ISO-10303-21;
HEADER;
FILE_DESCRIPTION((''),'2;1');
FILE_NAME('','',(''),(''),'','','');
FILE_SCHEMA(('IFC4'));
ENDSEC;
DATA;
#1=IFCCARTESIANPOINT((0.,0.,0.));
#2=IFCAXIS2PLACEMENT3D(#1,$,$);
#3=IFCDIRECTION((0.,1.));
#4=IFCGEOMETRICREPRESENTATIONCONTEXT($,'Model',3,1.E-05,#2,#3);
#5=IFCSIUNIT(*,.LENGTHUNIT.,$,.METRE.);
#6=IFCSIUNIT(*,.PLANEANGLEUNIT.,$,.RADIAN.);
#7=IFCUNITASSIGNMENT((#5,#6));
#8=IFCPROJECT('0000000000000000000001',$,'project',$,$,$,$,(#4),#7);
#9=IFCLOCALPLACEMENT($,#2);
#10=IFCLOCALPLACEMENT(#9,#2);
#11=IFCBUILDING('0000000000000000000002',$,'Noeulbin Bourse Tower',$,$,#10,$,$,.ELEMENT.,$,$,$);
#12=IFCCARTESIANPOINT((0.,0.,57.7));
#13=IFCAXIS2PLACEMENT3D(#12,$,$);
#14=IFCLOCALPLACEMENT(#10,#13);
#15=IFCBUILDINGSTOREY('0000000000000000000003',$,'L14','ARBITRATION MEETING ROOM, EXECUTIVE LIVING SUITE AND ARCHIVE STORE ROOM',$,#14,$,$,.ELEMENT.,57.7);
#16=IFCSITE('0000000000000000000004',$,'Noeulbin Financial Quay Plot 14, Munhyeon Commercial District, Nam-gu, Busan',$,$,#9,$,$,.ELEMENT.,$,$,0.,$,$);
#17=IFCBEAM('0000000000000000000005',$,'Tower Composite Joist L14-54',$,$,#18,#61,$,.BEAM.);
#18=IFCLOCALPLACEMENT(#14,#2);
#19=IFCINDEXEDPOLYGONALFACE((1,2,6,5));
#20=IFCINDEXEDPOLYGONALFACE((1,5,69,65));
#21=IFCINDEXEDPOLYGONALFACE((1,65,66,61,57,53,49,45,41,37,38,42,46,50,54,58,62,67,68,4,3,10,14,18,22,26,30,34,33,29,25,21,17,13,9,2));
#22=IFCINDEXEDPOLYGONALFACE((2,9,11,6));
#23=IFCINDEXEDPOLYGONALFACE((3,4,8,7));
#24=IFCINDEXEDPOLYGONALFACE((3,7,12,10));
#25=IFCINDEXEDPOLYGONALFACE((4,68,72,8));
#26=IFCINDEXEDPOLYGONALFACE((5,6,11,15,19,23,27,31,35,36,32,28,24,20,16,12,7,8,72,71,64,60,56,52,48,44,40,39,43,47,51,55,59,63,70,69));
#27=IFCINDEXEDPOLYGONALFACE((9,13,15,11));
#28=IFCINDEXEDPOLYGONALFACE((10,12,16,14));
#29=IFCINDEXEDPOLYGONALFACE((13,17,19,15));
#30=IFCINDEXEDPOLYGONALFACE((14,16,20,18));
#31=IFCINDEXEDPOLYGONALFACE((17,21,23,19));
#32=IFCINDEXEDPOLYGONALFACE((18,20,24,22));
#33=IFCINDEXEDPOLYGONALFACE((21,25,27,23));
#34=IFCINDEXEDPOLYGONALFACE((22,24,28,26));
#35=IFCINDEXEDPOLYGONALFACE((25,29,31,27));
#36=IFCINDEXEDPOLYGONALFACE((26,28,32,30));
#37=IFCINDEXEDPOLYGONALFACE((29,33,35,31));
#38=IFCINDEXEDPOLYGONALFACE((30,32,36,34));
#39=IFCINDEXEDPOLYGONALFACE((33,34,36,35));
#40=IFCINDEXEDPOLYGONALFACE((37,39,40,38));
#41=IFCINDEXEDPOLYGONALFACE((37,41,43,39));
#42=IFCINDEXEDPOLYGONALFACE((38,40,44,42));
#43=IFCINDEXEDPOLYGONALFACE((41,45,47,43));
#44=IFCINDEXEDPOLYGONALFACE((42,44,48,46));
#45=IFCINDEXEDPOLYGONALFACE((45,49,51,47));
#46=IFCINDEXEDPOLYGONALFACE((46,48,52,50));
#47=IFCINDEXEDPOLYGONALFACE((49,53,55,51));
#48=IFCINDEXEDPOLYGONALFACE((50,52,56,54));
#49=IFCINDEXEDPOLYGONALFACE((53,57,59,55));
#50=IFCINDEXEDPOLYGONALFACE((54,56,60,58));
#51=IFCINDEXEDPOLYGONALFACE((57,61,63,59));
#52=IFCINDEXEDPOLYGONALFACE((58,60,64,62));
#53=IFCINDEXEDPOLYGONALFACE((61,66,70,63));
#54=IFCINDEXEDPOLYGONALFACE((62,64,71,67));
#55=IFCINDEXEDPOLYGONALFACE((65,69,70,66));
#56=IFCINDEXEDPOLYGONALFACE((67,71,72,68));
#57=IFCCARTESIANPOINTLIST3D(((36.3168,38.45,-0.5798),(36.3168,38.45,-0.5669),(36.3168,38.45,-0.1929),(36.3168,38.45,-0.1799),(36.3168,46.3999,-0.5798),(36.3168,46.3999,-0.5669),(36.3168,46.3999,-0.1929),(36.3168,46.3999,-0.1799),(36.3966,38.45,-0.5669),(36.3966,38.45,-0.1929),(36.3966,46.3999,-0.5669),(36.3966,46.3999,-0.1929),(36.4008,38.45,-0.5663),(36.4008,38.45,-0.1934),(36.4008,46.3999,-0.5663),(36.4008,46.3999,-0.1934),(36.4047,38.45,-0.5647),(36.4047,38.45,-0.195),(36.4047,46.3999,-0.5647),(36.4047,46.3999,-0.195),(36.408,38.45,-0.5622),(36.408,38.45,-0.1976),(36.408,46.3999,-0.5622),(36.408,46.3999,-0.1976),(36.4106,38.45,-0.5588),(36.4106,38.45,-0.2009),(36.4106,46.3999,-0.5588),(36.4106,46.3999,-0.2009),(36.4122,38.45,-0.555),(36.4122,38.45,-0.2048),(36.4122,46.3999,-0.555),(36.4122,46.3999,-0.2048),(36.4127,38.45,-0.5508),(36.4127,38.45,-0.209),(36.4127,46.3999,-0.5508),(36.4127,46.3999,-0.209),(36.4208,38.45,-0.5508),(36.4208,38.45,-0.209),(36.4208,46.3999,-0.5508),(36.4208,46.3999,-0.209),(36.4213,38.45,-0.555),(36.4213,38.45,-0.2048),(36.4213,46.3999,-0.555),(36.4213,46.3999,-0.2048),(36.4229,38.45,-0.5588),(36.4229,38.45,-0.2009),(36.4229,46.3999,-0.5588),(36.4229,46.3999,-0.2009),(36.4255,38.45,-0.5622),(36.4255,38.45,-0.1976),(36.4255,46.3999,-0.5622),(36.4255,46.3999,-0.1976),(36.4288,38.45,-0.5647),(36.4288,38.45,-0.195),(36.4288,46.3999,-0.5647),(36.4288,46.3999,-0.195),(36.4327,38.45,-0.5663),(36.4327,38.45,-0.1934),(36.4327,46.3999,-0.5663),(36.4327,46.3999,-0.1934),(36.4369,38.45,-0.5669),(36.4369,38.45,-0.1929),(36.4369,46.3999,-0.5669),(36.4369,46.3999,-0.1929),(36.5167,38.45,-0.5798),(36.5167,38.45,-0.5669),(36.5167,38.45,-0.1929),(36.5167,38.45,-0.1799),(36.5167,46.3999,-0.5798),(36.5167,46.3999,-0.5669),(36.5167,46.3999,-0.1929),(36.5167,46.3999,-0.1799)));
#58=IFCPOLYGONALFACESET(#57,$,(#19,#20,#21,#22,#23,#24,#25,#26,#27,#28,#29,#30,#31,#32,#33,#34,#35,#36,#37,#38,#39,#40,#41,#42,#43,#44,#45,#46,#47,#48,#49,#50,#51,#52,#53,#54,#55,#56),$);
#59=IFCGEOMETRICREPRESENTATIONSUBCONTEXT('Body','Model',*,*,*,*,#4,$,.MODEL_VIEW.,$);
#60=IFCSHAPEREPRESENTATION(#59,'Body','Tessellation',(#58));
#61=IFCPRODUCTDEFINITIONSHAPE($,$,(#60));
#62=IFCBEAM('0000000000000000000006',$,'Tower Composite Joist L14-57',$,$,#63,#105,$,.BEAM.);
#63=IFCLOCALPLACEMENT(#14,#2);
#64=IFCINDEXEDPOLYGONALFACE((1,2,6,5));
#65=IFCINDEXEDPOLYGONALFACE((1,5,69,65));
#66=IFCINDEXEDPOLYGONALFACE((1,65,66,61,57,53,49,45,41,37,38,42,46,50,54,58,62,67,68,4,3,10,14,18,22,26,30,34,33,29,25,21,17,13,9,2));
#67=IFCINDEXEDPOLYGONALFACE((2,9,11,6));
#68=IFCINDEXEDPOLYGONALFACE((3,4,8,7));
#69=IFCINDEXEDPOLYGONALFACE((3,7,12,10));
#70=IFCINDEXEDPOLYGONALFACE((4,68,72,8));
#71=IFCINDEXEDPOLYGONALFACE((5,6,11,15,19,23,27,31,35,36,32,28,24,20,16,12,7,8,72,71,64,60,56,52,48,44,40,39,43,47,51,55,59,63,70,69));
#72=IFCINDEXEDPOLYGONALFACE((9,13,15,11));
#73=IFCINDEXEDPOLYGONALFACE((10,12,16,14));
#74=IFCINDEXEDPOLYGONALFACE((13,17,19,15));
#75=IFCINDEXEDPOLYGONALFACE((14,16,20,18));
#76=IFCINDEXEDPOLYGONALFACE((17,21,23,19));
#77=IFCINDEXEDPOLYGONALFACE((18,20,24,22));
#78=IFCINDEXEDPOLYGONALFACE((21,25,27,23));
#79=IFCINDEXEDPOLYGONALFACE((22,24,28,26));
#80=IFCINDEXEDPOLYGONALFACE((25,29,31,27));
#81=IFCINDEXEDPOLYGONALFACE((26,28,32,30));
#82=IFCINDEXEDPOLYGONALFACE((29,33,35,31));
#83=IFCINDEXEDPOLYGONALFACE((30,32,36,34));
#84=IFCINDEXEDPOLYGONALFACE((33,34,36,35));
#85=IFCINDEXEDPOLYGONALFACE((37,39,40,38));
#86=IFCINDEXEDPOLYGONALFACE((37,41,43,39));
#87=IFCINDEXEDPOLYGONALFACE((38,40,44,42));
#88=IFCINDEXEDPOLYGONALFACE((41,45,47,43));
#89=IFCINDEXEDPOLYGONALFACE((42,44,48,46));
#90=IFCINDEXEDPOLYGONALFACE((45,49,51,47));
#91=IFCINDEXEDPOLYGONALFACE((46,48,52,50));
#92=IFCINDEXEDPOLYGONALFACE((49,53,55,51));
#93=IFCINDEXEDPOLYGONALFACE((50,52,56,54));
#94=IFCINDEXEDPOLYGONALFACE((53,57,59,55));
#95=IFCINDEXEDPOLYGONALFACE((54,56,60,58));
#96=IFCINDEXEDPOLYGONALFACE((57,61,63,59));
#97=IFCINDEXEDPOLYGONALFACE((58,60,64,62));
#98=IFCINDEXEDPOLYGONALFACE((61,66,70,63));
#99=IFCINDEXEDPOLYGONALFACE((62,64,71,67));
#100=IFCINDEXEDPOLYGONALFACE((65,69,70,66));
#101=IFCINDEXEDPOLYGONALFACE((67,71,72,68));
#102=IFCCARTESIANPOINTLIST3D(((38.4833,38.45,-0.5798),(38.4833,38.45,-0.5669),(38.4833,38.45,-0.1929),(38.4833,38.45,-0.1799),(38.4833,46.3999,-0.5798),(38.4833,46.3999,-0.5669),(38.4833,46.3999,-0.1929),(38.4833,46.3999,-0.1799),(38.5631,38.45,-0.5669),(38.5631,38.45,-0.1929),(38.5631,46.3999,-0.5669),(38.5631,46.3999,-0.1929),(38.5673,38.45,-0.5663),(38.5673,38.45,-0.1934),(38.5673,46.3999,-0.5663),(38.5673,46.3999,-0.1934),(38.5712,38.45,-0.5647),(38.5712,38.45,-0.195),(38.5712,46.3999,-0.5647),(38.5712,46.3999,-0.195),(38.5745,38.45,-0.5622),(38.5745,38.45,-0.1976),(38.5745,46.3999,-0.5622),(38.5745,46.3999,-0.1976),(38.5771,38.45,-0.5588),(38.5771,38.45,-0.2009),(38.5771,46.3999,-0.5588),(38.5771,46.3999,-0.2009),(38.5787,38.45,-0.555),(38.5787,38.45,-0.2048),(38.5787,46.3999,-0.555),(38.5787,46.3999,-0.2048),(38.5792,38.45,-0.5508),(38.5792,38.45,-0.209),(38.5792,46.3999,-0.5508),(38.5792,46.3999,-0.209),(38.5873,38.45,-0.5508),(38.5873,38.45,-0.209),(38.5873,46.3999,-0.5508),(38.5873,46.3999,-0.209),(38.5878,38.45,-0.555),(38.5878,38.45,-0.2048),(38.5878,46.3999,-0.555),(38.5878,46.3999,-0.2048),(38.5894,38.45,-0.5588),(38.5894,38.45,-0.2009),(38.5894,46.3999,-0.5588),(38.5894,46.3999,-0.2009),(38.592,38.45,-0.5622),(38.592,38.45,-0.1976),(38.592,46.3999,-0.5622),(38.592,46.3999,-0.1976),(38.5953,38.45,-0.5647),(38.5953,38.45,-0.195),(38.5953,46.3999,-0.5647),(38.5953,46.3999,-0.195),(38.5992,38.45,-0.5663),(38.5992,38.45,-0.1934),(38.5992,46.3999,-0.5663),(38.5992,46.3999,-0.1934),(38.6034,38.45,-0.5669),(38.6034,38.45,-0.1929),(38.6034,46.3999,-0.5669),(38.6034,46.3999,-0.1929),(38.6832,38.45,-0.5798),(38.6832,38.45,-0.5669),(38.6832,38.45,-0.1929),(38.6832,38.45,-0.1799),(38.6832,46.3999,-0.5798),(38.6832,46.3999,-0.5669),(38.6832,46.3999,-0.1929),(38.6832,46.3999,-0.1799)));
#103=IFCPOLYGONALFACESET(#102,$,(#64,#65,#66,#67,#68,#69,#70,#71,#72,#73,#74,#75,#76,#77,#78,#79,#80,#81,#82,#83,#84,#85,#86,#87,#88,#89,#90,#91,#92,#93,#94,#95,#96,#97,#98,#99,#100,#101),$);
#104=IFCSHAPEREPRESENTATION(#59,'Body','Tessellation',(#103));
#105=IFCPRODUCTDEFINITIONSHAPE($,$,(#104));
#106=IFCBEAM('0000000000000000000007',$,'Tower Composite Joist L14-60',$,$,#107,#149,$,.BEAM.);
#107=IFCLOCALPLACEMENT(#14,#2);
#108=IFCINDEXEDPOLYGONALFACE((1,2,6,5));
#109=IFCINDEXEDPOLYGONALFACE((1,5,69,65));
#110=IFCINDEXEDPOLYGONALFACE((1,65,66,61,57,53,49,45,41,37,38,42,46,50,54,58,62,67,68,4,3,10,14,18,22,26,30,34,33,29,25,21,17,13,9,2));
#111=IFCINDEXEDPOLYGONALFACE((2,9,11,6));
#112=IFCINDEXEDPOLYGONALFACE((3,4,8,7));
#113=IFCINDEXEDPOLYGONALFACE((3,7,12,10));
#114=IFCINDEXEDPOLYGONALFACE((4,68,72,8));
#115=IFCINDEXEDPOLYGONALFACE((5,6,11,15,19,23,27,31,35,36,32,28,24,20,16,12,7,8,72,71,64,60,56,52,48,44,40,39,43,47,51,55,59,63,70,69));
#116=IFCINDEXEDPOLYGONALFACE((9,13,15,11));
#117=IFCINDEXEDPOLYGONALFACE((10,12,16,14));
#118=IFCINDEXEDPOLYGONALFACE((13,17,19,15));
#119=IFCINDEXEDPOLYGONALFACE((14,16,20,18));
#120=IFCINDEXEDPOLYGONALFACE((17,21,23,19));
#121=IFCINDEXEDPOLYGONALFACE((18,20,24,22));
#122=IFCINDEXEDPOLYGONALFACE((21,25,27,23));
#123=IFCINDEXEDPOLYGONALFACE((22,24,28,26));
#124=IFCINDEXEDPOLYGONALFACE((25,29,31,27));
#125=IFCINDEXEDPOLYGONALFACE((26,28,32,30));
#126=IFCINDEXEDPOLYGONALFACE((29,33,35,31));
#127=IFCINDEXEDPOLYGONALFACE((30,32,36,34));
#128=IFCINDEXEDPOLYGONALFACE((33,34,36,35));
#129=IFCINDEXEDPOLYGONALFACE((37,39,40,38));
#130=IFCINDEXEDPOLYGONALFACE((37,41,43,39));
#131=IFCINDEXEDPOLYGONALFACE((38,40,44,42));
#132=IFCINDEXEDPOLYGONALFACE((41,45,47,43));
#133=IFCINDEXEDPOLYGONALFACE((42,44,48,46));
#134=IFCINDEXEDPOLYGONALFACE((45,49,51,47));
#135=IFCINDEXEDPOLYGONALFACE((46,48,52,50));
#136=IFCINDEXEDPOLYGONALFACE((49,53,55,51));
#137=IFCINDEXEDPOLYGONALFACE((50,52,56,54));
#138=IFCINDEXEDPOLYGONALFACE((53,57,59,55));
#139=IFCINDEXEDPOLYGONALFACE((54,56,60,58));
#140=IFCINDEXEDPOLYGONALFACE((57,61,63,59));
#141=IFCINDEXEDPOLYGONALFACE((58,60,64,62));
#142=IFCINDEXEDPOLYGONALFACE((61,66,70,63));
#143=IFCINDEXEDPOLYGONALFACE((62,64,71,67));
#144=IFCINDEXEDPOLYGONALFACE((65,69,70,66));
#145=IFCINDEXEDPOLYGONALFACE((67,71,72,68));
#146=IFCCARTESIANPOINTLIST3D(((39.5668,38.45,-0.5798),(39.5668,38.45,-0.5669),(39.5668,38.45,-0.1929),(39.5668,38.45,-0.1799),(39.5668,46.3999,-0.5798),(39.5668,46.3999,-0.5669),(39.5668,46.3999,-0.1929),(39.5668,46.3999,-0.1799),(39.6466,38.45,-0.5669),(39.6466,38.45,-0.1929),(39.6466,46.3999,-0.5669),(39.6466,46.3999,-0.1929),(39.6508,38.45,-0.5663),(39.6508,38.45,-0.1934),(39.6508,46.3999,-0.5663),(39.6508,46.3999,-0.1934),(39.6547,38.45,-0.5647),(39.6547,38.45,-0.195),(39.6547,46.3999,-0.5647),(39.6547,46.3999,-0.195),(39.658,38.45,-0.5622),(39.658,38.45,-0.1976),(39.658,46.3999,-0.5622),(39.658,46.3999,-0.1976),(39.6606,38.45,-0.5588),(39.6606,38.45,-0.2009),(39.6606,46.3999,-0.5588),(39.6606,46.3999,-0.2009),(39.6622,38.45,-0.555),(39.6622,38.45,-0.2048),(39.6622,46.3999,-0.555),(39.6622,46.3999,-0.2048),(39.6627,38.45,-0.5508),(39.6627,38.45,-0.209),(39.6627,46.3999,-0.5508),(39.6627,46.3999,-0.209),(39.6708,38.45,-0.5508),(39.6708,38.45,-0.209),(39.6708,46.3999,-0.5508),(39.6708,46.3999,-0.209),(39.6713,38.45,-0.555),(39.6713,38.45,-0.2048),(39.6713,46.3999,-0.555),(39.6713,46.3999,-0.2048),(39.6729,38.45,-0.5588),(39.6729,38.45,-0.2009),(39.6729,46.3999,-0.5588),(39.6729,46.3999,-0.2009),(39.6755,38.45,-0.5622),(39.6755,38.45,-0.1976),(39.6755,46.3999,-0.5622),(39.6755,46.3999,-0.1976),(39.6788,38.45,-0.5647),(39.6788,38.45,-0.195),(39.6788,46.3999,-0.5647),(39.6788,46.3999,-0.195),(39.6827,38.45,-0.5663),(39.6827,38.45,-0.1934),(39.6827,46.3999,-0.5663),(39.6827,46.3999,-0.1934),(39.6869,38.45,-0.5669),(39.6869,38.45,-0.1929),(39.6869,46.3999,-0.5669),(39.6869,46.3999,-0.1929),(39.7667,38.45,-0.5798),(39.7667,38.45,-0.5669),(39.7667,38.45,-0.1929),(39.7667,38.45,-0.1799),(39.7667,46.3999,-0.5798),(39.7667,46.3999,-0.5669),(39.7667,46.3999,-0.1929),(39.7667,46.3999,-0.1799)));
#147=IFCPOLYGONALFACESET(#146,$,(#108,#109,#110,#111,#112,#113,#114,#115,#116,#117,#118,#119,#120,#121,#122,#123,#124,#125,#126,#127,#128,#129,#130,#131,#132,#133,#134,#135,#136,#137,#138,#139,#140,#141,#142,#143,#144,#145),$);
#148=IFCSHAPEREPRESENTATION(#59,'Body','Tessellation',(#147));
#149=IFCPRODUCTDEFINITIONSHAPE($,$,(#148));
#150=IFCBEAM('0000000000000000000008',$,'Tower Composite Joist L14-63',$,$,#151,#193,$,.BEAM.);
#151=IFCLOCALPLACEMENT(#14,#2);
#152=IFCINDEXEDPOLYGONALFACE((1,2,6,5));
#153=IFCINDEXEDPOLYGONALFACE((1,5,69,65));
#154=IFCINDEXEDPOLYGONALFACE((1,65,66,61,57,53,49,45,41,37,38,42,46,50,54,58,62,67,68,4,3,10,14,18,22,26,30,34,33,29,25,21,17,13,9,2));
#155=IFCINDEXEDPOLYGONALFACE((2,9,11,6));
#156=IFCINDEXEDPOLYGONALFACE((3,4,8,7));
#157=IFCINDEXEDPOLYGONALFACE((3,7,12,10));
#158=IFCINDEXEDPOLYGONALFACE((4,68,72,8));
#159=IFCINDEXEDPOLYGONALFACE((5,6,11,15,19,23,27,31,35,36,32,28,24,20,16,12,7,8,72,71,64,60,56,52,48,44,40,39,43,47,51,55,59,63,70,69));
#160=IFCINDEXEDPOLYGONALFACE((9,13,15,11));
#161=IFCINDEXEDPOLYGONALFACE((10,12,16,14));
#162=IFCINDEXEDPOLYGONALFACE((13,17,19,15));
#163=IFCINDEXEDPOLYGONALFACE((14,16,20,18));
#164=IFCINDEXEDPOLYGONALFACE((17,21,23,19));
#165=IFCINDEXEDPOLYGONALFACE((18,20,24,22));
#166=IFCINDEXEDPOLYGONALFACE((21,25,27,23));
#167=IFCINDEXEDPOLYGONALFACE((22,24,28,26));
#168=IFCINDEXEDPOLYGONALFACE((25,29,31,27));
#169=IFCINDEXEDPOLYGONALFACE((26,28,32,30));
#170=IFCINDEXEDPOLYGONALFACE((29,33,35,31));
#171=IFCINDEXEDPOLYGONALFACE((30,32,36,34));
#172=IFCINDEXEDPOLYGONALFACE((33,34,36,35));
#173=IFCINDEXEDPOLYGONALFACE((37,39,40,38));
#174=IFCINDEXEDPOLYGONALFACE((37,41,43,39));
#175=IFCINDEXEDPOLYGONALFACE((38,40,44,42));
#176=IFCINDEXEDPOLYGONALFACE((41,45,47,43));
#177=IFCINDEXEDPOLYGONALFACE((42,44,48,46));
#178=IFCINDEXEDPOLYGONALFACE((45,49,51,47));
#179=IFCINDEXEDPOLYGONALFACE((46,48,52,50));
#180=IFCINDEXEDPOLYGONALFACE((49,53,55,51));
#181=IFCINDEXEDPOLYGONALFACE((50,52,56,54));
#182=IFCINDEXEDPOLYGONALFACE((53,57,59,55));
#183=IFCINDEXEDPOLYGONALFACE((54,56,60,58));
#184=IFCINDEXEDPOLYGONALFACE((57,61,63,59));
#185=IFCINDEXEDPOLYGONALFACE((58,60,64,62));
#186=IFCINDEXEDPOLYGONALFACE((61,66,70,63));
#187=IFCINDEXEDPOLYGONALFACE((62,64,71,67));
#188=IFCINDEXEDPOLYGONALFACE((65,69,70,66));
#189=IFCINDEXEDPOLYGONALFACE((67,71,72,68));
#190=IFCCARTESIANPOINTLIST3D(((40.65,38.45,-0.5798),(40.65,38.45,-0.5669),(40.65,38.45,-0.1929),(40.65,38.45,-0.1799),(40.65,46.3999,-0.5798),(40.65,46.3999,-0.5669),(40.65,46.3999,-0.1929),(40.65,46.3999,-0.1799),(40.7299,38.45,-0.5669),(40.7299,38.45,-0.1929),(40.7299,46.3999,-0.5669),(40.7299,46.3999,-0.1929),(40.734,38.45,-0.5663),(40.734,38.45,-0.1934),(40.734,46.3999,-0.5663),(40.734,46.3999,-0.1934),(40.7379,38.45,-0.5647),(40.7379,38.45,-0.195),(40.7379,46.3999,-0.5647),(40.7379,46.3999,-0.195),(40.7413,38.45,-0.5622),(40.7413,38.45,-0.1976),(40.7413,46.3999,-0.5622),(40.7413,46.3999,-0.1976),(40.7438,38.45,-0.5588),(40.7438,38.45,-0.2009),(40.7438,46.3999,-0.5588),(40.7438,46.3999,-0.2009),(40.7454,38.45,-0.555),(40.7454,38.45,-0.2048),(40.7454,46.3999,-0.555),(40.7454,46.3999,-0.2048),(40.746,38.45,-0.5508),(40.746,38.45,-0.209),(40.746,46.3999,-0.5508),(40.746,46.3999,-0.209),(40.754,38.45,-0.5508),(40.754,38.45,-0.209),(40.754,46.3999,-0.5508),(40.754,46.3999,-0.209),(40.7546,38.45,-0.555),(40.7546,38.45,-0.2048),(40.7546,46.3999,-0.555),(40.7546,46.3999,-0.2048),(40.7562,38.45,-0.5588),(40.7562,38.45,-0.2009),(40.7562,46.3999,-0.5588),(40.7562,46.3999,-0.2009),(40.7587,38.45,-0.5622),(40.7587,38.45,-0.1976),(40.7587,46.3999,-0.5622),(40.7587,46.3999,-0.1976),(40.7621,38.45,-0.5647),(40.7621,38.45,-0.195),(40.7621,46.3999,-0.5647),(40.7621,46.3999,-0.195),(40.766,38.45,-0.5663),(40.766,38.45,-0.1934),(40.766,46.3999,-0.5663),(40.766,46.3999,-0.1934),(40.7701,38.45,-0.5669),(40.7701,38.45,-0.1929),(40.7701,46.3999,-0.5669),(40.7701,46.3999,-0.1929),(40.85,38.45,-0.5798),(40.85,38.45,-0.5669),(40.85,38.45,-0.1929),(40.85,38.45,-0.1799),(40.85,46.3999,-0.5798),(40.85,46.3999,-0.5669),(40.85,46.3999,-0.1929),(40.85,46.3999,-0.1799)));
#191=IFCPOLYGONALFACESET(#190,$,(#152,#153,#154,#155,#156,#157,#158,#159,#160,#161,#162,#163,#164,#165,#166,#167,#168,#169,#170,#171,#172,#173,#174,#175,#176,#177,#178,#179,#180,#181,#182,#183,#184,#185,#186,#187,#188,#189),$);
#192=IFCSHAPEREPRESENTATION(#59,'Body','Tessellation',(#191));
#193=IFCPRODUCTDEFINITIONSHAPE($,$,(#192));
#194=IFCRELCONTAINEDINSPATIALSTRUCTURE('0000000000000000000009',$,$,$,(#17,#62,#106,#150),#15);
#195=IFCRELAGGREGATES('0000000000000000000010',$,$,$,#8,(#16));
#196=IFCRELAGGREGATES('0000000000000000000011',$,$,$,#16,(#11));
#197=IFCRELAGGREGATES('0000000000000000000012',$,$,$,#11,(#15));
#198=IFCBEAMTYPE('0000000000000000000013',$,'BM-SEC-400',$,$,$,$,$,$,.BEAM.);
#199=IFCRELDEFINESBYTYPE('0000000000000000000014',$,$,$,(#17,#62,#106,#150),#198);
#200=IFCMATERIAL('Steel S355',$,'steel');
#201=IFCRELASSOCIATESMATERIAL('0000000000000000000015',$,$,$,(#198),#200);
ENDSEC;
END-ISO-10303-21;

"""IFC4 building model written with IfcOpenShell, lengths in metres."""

from ifc_helpers import new_model, si_unit, direction, frame, origin, origin_2d, place, context, subcontext, project, spatial, i_section, extrude, material, material_profile, profile_set, type_object, element, save


model = new_model("IFC4")

# Units and contexts
model_context = context("Model", 3, precision=1e-05, world=origin(), true_north=direction((0.0, 1.0)))
body_context = subcontext(model_context, "Body", "Model", "MODEL_VIEW")
ifc_project = project(units=[si_unit("LENGTHUNIT", "METRE"), si_unit("PLANEANGLEUNIT", "RADIAN")], contexts=[model_context])

# Site, building, storey
site_placement = place(None, origin())
site = spatial("IfcSite", under=ifc_project, at=site_placement, Name="Noeulbin Financial Quay Plot 14, Munhyeon Commercial District, Nam-gu, Busan", CompositionType="ELEMENT", RefElevation=0.0)
building_placement = place(site_placement, origin())
building = spatial("IfcBuilding", under=site, at=building_placement, Name="Noeulbin Bourse Tower", CompositionType="ELEMENT")
storey_placement = place(building_placement, frame((0.0, 0.0, 57.7)))
storey = spatial("IfcBuildingStorey", under=building, at=storey_placement, Name="L14", Description="ARBITRATION MEETING ROOM, EXECUTIVE LIVING SUITE AND ARCHIVE STORE ROOM", CompositionType="ELEMENT", Elevation=57.7)

# Beams
ifc_material_1 = material(Name="Steel S355", Category="steel")
ifc_material_profile_1 = material_profile(ifc_material_1, i_section(OverallWidth=0.2, OverallDepth=0.3999, WebThickness=0.0081, FlangeThickness=0.0129, FilletRadius=0.0161, at=origin_2d()), Name="H-400x200x8x13", Category="LoadBearing")
ifc_profile_set_1 = profile_set([ifc_material_profile_1], Name="Steel S355")
beam_type_1 = type_object("IfcBeamType", Name="BM-SEC-400", PredefinedType="BEAM", material=ifc_profile_set_1)
for number, where, z_axis, x_axis, name in (
    (1, (36.4167, 38.45, -0.3799), (0.0, 1.0, 0.0), (-1.0, 0.0, 0.0), "Tower Composite Joist L14-54"),
    (2, (38.5833, 38.45, -0.3799), (0.0, 1.0, 0.0), (-1.0, 0.0, 0.0), "Tower Composite Joist L14-57"),
    (3, (39.6667, 38.45, -0.3799), (0.0, 1.0, 0.0), (-1.0, 0.0, 0.0), "Tower Composite Joist L14-60"),
    (4, (40.75, 38.45, -0.3799), (0.0, 1.0, 0.0), (-1.0, 0.0, 0.0), "Tower Composite Joist L14-63"),
):
    element("IfcBeam", number, at=place(storey_placement, frame(where, z_axis=z_axis, x_axis=x_axis)), inside=storey, type_object=beam_type_1, Name=name, PredefinedType="BEAM", context=body_context, shape_type="SweptSolid", body=[
        extrude(i_section(OverallWidth=0.2, OverallDepth=0.3999, WebThickness=0.0081, FlangeThickness=0.0129, FilletRadius=0.0161, at=origin_2d()), origin(), (0.0, 0.0, 1.0), 7.95),
    ])

save(model, "model.ifc")
